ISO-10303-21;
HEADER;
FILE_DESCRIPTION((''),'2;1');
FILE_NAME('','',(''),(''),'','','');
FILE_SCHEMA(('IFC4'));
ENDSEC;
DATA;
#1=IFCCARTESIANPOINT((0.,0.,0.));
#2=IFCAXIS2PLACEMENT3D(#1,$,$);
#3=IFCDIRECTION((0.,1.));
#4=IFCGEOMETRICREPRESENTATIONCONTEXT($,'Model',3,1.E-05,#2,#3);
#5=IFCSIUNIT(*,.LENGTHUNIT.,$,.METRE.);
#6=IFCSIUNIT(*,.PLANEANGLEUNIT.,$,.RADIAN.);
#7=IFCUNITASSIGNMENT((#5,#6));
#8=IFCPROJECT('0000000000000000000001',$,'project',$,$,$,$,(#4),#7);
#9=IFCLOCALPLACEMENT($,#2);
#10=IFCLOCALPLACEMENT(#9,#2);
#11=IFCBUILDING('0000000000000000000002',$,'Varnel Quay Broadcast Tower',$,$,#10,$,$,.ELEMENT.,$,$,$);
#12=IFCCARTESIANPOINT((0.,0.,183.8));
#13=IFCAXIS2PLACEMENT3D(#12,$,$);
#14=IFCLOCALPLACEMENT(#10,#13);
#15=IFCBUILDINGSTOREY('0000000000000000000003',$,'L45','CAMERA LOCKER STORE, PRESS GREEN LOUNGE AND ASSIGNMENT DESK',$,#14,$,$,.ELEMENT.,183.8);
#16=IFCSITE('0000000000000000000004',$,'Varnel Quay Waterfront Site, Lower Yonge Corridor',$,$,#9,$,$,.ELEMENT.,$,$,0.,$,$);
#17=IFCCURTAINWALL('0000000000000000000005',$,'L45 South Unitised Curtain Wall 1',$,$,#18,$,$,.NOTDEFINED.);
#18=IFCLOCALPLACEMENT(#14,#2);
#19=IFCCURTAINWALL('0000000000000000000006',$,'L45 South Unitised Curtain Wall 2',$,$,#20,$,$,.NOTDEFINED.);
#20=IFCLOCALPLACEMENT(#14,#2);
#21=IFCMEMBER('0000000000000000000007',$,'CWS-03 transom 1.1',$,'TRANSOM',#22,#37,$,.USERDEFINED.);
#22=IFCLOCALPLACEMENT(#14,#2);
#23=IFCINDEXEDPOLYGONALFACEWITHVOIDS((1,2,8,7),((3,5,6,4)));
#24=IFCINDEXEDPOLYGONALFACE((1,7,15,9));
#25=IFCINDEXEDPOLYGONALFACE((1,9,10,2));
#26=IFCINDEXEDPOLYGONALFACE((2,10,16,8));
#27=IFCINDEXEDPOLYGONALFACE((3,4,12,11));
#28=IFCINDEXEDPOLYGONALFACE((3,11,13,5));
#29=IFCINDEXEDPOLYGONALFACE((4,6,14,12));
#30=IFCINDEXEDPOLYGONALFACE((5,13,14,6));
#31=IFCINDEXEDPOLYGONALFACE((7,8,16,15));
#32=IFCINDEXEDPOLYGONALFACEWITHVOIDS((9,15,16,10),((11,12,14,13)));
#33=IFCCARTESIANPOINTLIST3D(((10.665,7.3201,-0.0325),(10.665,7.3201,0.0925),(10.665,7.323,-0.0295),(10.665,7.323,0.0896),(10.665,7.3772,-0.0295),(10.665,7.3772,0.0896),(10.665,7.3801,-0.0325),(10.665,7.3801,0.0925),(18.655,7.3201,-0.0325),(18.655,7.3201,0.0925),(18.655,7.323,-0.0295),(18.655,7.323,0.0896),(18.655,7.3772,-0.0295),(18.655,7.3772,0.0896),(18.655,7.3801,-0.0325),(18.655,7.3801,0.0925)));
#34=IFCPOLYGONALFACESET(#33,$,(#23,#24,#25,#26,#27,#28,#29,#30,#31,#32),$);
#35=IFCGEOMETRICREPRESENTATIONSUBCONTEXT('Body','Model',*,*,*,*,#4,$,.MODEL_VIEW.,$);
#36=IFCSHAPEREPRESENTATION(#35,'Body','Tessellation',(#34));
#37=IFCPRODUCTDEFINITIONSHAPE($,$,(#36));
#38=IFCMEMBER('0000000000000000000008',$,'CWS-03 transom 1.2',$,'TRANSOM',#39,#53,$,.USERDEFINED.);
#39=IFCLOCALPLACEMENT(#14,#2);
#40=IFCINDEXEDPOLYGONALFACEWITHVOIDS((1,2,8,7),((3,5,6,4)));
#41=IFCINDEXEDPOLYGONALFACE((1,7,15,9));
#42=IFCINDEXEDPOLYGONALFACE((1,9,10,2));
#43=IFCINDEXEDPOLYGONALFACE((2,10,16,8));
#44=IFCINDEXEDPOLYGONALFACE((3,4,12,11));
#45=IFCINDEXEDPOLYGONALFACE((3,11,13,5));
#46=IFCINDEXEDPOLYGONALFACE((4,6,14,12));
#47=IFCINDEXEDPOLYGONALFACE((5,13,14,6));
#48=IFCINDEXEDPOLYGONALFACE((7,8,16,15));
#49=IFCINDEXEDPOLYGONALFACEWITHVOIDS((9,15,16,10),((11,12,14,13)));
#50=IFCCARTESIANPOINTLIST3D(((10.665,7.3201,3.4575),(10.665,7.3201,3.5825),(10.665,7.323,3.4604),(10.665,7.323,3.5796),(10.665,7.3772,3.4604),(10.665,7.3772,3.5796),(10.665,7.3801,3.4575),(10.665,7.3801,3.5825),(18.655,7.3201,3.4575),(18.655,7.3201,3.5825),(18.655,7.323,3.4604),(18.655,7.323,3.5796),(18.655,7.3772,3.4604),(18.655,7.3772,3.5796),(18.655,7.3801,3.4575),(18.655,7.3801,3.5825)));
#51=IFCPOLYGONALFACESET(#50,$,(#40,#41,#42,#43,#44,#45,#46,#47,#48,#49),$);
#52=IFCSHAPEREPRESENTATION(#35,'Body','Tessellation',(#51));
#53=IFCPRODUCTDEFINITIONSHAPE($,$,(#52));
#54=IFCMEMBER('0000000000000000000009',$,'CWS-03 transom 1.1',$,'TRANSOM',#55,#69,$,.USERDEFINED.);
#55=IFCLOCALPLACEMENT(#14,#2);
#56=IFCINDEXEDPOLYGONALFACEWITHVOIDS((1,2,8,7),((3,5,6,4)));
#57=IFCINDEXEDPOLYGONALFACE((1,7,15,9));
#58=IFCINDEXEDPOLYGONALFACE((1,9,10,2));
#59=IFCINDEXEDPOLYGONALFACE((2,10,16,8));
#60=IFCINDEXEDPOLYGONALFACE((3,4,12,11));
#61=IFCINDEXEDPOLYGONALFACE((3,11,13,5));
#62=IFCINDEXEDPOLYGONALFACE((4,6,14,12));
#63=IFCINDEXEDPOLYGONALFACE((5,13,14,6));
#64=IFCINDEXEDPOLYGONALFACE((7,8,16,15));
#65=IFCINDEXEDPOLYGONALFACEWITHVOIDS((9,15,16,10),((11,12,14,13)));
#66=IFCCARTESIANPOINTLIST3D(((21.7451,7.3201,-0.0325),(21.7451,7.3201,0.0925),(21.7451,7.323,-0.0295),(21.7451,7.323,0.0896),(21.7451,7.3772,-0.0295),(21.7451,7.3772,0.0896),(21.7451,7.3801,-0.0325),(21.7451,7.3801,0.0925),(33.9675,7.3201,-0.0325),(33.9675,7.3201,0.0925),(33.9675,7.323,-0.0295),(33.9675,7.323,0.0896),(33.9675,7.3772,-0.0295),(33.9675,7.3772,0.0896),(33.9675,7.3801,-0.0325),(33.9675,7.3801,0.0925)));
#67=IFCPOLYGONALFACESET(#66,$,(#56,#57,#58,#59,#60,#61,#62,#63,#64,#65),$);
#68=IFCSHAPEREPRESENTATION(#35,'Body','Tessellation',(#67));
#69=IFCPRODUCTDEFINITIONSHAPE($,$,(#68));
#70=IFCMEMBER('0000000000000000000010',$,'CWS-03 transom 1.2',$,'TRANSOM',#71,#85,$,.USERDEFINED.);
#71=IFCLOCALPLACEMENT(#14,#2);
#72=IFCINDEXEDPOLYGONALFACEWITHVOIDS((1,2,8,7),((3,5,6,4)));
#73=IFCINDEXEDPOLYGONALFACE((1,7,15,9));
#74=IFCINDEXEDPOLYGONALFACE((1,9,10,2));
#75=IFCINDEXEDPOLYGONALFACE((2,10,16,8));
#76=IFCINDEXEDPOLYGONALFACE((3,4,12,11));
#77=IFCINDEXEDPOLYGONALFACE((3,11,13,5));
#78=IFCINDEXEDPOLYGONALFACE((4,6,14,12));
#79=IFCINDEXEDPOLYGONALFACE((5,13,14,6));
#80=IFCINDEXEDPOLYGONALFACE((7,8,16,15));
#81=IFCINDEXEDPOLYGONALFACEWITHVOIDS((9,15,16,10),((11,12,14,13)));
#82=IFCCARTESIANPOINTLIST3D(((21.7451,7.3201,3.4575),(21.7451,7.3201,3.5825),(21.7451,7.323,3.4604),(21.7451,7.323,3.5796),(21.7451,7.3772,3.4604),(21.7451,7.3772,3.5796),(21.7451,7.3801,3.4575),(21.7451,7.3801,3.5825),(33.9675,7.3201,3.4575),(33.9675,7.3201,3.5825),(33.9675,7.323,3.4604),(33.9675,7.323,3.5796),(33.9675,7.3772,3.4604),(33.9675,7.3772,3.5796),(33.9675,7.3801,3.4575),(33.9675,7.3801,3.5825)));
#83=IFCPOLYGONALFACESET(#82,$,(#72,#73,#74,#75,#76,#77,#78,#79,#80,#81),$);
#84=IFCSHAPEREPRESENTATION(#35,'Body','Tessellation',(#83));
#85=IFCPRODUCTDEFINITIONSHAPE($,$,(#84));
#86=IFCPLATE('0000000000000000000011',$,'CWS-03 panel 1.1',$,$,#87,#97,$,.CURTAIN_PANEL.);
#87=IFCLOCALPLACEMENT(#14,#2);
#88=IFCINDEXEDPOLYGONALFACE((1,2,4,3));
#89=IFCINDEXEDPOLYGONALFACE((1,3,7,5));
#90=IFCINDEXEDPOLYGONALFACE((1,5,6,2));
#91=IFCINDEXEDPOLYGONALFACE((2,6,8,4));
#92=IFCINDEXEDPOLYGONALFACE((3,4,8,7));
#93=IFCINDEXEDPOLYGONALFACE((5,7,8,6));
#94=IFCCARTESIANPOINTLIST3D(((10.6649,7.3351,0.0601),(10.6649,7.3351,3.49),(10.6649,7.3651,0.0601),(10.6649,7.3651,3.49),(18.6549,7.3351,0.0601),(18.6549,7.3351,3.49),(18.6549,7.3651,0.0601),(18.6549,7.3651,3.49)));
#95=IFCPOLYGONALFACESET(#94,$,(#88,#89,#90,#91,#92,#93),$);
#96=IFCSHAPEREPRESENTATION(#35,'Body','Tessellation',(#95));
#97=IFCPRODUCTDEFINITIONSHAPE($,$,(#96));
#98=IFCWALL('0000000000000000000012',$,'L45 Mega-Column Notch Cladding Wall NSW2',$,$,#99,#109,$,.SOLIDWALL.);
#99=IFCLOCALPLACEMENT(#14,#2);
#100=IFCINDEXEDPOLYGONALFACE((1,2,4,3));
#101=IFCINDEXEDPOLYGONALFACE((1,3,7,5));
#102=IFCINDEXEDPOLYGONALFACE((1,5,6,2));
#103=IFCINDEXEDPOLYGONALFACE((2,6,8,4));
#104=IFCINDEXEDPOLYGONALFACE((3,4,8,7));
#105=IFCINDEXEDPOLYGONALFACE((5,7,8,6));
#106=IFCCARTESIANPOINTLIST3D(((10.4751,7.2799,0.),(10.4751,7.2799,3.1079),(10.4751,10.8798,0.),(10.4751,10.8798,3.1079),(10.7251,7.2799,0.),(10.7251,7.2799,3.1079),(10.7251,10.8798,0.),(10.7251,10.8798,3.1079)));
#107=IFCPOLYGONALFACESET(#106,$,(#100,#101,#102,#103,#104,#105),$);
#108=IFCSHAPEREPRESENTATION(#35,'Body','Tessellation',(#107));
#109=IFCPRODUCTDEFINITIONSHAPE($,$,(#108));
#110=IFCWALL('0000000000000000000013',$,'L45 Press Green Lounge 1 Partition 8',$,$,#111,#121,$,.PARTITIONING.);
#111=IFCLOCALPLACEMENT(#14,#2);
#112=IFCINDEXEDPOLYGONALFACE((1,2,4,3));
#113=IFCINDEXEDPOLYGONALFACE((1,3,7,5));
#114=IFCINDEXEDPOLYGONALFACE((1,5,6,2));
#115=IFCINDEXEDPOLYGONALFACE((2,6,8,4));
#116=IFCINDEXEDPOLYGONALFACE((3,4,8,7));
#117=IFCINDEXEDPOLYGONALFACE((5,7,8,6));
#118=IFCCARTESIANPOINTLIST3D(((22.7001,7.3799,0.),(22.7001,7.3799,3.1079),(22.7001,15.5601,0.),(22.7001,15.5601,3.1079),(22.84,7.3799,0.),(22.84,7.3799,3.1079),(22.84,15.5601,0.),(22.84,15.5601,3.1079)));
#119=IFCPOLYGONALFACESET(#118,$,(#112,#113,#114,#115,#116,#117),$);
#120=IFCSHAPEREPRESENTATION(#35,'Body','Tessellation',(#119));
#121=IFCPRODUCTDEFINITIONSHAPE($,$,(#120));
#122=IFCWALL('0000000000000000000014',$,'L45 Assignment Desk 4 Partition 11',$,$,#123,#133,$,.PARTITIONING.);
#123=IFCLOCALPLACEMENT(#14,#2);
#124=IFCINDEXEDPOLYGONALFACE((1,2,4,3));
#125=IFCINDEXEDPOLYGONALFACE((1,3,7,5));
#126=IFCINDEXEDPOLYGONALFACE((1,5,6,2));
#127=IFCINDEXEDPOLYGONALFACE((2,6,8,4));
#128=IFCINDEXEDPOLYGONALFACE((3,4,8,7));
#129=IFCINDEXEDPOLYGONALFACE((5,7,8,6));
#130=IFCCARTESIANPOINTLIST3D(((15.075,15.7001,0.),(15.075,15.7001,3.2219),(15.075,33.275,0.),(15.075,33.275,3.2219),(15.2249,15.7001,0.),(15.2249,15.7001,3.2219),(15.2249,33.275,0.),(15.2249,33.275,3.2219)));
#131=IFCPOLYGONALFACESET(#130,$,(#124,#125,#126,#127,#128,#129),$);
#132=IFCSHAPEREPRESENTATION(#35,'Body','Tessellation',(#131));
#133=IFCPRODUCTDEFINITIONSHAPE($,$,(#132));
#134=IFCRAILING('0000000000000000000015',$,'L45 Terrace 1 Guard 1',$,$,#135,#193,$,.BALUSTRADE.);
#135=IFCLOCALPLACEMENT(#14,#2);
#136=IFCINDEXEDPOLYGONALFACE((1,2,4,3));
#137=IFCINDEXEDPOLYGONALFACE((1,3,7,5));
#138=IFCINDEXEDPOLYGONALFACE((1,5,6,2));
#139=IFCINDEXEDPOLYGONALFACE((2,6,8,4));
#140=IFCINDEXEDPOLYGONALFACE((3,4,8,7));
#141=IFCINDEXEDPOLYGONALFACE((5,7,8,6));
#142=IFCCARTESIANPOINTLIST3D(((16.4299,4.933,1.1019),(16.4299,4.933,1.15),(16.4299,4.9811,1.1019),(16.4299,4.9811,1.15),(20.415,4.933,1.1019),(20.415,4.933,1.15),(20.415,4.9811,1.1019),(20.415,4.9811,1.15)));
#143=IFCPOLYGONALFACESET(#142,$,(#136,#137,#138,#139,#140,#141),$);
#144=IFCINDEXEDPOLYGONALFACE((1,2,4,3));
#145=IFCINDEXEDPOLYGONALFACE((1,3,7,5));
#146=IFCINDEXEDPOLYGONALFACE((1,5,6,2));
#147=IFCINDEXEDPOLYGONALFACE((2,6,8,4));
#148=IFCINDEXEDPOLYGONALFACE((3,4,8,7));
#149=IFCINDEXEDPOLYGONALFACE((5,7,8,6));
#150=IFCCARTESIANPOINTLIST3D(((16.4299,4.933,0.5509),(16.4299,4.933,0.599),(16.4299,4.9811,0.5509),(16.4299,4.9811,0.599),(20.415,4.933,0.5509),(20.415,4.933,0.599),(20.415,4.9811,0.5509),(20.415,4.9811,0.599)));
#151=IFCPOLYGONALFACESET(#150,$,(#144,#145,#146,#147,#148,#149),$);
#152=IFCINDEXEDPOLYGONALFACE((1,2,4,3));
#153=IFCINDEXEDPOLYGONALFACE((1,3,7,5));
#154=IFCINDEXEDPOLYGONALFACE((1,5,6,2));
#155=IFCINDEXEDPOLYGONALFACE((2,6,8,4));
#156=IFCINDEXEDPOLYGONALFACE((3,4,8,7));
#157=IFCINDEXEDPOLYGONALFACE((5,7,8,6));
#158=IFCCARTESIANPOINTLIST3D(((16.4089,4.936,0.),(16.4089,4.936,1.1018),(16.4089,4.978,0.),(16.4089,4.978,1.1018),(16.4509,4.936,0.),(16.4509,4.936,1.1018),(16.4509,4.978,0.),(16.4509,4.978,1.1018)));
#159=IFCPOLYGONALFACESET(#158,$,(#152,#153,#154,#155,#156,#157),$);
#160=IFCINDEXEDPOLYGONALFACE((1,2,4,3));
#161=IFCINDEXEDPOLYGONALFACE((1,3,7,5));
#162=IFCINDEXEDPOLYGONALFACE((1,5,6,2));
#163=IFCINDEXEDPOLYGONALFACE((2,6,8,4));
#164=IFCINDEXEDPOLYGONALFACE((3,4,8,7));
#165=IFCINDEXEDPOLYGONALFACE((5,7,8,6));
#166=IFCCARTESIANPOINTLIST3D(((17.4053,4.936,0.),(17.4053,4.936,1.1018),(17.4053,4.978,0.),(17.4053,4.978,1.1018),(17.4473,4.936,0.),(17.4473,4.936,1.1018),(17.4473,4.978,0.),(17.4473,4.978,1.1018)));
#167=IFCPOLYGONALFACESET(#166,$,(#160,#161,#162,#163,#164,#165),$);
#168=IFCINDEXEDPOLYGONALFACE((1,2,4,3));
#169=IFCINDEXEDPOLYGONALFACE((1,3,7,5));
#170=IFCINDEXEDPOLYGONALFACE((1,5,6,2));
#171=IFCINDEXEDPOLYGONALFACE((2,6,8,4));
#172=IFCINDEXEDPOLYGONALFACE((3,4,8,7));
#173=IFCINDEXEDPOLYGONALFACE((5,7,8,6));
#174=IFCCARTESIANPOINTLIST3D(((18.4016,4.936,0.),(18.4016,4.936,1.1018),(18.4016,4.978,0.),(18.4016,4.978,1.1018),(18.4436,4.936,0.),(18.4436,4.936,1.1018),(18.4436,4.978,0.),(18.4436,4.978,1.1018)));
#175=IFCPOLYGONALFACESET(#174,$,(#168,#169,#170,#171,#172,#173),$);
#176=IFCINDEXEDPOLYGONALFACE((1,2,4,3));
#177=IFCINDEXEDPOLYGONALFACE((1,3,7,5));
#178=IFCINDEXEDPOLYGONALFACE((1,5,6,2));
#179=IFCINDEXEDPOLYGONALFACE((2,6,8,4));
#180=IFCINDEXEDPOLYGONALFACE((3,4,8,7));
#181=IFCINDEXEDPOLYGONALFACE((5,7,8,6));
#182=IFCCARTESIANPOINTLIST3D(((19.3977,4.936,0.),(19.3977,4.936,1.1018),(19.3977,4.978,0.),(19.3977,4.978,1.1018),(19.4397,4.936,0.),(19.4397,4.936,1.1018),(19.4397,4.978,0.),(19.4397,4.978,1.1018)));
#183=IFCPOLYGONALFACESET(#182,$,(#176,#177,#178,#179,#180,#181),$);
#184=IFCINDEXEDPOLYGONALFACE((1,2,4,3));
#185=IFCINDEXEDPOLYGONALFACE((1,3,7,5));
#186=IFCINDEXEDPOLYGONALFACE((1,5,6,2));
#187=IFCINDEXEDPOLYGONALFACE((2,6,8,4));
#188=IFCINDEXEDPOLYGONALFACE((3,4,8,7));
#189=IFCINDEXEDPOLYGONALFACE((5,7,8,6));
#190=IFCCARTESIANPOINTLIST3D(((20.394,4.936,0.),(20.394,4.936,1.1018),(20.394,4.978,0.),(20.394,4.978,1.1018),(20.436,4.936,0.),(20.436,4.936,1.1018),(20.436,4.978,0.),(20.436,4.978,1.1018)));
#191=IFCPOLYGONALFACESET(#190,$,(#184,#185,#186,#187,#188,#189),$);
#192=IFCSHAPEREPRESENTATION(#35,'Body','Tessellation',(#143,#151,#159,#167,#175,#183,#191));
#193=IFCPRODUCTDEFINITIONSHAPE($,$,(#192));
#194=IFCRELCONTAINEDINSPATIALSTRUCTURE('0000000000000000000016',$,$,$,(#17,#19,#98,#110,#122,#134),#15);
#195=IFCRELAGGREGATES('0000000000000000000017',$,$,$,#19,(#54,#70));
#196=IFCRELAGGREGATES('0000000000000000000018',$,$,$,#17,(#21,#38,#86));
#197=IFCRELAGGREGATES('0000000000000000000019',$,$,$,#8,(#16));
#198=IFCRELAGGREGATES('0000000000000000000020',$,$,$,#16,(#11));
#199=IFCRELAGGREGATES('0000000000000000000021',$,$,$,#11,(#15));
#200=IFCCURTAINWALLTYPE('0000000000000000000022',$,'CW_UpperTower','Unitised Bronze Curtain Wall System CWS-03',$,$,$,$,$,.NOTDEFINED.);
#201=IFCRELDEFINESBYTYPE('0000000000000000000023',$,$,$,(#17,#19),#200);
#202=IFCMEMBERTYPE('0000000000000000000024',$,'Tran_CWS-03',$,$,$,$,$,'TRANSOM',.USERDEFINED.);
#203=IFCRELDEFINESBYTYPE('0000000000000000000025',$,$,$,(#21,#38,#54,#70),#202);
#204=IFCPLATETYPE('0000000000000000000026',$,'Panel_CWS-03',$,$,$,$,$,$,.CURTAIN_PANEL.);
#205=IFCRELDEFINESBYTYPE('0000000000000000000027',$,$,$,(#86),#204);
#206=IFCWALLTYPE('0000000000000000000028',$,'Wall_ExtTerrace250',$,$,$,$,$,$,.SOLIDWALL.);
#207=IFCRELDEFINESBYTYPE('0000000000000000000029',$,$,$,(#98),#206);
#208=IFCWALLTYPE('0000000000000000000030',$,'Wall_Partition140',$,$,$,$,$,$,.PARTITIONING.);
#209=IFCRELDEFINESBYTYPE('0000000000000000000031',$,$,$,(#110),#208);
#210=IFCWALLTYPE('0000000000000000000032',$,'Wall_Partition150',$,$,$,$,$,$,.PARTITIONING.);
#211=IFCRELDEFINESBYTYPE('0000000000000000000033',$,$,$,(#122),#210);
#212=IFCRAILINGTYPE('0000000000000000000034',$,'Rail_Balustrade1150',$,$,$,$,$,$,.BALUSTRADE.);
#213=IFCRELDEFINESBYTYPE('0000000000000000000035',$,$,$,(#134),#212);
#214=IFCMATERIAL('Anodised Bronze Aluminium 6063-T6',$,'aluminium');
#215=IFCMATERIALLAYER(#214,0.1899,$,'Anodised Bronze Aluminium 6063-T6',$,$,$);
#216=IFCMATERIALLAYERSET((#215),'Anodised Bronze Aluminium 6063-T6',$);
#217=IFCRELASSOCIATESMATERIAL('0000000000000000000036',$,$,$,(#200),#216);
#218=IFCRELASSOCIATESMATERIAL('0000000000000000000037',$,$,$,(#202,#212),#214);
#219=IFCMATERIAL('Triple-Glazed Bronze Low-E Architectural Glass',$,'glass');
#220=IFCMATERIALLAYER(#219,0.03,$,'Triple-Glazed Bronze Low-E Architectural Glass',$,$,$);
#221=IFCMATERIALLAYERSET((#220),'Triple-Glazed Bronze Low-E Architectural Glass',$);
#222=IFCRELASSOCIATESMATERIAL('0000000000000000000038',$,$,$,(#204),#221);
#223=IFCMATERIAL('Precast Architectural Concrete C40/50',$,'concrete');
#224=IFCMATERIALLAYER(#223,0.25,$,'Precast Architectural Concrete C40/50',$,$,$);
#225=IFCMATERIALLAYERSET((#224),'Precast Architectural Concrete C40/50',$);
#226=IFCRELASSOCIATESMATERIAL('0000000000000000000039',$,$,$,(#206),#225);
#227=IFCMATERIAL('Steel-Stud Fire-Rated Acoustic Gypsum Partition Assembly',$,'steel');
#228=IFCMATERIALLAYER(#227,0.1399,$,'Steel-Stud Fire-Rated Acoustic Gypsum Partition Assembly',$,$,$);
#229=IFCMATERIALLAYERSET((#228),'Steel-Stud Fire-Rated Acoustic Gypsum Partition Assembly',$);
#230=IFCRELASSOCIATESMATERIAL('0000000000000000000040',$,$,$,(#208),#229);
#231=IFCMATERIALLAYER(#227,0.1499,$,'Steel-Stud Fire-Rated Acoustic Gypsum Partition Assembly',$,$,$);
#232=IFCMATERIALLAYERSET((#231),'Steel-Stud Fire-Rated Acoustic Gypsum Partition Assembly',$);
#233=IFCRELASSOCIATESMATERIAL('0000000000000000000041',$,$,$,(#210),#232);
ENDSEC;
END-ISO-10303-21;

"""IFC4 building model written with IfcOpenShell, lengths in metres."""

from ifc_helpers import new_model, si_unit, direction, frame, frame_2d, origin, origin_2d, place, context, subcontext, project, spatial, rectangle, hollow_rectangle, extrude, source, transform, mapped, material, layer, layer_set, material_profile, profile_set, type_object, type_shapes, element, aggregate, save


model = new_model("IFC4")

# Units and contexts
model_context = context("Model", 3, precision=1e-05, world=origin(), true_north=direction((0.0, 1.0)))
body_context = subcontext(model_context, "Body", "Model", "MODEL_VIEW")
ifc_project = project(units=[si_unit("LENGTHUNIT", "METRE"), si_unit("PLANEANGLEUNIT", "RADIAN")], contexts=[model_context])

# Site, building, storey
site_placement = place(None, origin())
site = spatial("IfcSite", under=ifc_project, at=site_placement, Name="Varnel Quay Waterfront Site, Lower Yonge Corridor", CompositionType="ELEMENT", RefElevation=0.0)
building_placement = place(site_placement, origin())
building = spatial("IfcBuilding", under=site, at=building_placement, Name="Varnel Quay Broadcast Tower", CompositionType="ELEMENT")
storey_placement = place(building_placement, frame((0.0, 0.0, 183.8)))
storey = spatial("IfcBuildingStorey", under=building, at=storey_placement, Name="L45", Description="CAMERA LOCKER STORE, PRESS GREEN LOUNGE AND ASSIGNMENT DESK", CompositionType="ELEMENT", Elevation=183.8)

# Shared definitions
ifc_material_1 = material(Name="Anodised Bronze Aluminium 6063-T6", Category="aluminium")

# Curtain wall
ifc_layer_1 = layer(ifc_material_1, 0.1899, Name="Anodised Bronze Aluminium 6063-T6")
ifc_layer_set_1 = layer_set([ifc_layer_1], Name="Anodised Bronze Aluminium 6063-T6")
curtain_wall_type_1 = type_object("IfcCurtainWallType", Name="CW_UpperTower", Description="Unitised Bronze Curtain Wall System CWS-03", PredefinedType="NOTDEFINED", material=ifc_layer_set_1)
curtain_wall_1_placement = place(storey_placement, origin())
curtain_wall_1 = element("IfcCurtainWall", 1, at=curtain_wall_1_placement, inside=storey, type_object=curtain_wall_type_1, Name="L45 South Unitised Curtain Wall 1", PredefinedType="NOTDEFINED")

# Curtain wall
curtain_wall_2_placement = place(storey_placement, origin())
curtain_wall_2 = element("IfcCurtainWall", 2, at=curtain_wall_2_placement, inside=storey, type_object=curtain_wall_type_1, Name="L45 South Unitised Curtain Wall 2", PredefinedType="NOTDEFINED")

# Members
ifc_material_profile_1 = material_profile(ifc_material_1, hollow_rectangle(XDim=0.0601, YDim=0.125, WallThickness=0.0029, at=origin_2d()), Name="ALU60X125X3")
ifc_profile_set_1 = profile_set([ifc_material_profile_1], Name="Anodised Bronze Aluminium 6063-T6")
member_type_1 = type_object("IfcMemberType", Name="Tran_CWS-03", ElementType="TRANSOM", PredefinedType="USERDEFINED", material=ifc_profile_set_1)
shared_shape_1 = source(origin(), body_context, "Body", "SweptSolid", [
    extrude(hollow_rectangle(XDim=0.0601, YDim=0.125, WallThickness=0.0029, at=origin_2d()), origin(), (0.0, 0.0, 1.0), 7.99),
])
member_1_placement = place(storey_placement, frame((10.665, 7.3501, 0.03), z_axis=(1.0, 0.0, 0.0), x_axis=(0.0, 1.0, 0.0)))
member_1 = element("IfcMember", 3, at=member_1_placement, type_object=member_type_1, Name="CWS-03 transom 1.1", ObjectType="TRANSOM", PredefinedType="USERDEFINED", context=body_context, shape_type="MappedRepresentation", body=[
    mapped(shared_shape_1, transform((0.0, 0.0, 0.0), x_axis=(1.0, 0.0, 0.0), y_axis=(0.0, 1.0, 0.0), z_axis=(0.0, 0.0, 1.0), scale=1.0)),
])
member_2_placement = place(storey_placement, frame((10.665, 7.3501, 3.52), z_axis=(1.0, 0.0, 0.0), x_axis=(0.0, 1.0, 0.0)))
member_2 = element("IfcMember", 4, at=member_2_placement, type_object=member_type_1, Name="CWS-03 transom 1.2", ObjectType="TRANSOM", PredefinedType="USERDEFINED", context=body_context, shape_type="MappedRepresentation", body=[
    mapped(shared_shape_1, transform((0.0, 0.0, 0.0), x_axis=(1.0, 0.0, 0.0), y_axis=(0.0, 1.0, 0.0), z_axis=(0.0, 0.0, 1.0), scale=1.0)),
])
shared_shape_2 = source(origin(), body_context, "Body", "SweptSolid", [
    extrude(hollow_rectangle(XDim=0.0601, YDim=0.125, WallThickness=0.0029, at=origin_2d()), origin(), (0.0, 0.0, 1.0), 12.2224),
])
type_shapes(member_type_1, [shared_shape_1, shared_shape_2])
member_3_placement = place(storey_placement, frame((21.7451, 7.3501, 0.03), z_axis=(1.0, 0.0, 0.0), x_axis=(0.0, 1.0, 0.0)))
member_3 = element("IfcMember", 5, at=member_3_placement, type_object=member_type_1, Name="CWS-03 transom 1.1", ObjectType="TRANSOM", PredefinedType="USERDEFINED", context=body_context, shape_type="MappedRepresentation", body=[
    mapped(shared_shape_2, transform((0.0, 0.0, 0.0), x_axis=(1.0, 0.0, 0.0), y_axis=(0.0, 1.0, 0.0), z_axis=(0.0, 0.0, 1.0), scale=1.0)),
])
member_4_placement = place(storey_placement, frame((21.7451, 7.3501, 3.52), z_axis=(1.0, 0.0, 0.0), x_axis=(0.0, 1.0, 0.0)))
member_4 = element("IfcMember", 6, at=member_4_placement, type_object=member_type_1, Name="CWS-03 transom 1.2", ObjectType="TRANSOM", PredefinedType="USERDEFINED", context=body_context, shape_type="MappedRepresentation", body=[
    mapped(shared_shape_2, transform((0.0, 0.0, 0.0), x_axis=(1.0, 0.0, 0.0), y_axis=(0.0, 1.0, 0.0), z_axis=(0.0, 0.0, 1.0), scale=1.0)),
])
aggregate(curtain_wall_2, [member_3, member_4])

# Plate
ifc_material_2 = material(Name="Triple-Glazed Bronze Low-E Architectural Glass", Category="glass")
ifc_layer_2 = layer(ifc_material_2, 0.03, Name="Triple-Glazed Bronze Low-E Architectural Glass")
ifc_layer_set_2 = layer_set([ifc_layer_2], Name="Triple-Glazed Bronze Low-E Architectural Glass")
plate_type = type_object("IfcPlateType", Name="Panel_CWS-03", PredefinedType="CURTAIN_PANEL", material=ifc_layer_set_2)
shared_shape_3 = source(origin(), body_context, "Body", "SweptSolid", [
    extrude(rectangle(XDim=7.99, YDim=0.03, at=origin_2d()), origin(), (0.0, 0.0, 1.0), 3.4299),
])
type_shapes(plate_type, [shared_shape_3])
plate_placement = place(storey_placement, frame((14.6599, 7.3501, 0.0601), z_axis=(0.0, 0.0, 1.0), x_axis=(1.0, 0.0, 0.0)))
plate = element("IfcPlate", 7, at=plate_placement, type_object=plate_type, Name="CWS-03 panel 1.1", PredefinedType="CURTAIN_PANEL", context=body_context, shape_type="MappedRepresentation", body=[
    mapped(shared_shape_3, transform((0.0, 0.0, 0.0), x_axis=(1.0, 0.0, 0.0), y_axis=(0.0, 1.0, 0.0), z_axis=(0.0, 0.0, 1.0), scale=1.0)),
])
aggregate(curtain_wall_1, [member_1, member_2, plate])

# Shared definitions
ifc_material_3 = material(Name="Precast Architectural Concrete C40/50", Category="concrete")
ifc_layer_3 = layer(ifc_material_3, 0.25, Name="Precast Architectural Concrete C40/50")
ifc_layer_set_3 = layer_set([ifc_layer_3], Name="Precast Architectural Concrete C40/50")
wall_type_1 = type_object("IfcWallType", Name="Wall_ExtTerrace250", PredefinedType="SOLIDWALL", material=ifc_layer_set_3)

# Walls
wall_1_placement = place(storey_placement, frame((10.6001, 7.28, 0.0), z_axis=(0.0, 0.0, 1.0), x_axis=(0.0, 1.0, 0.0)))
element("IfcWall", 8, at=wall_1_placement, inside=storey, type_object=wall_type_1, Name="L45 Mega-Column Notch Cladding Wall NSW2", PredefinedType="SOLIDWALL", context=body_context, shape_type="SweptSolid", body=[
    extrude(rectangle(XDim=3.5999, YDim=0.25, at=frame_2d((1.7998, 0.0))), origin(), (0.0, 0.0, 1.0), 3.1079),
])
ifc_material_4 = material(Name="Steel-Stud Fire-Rated Acoustic Gypsum Partition Assembly", Category="steel")
ifc_layer_4 = layer(ifc_material_4, 0.1399, Name="Steel-Stud Fire-Rated Acoustic Gypsum Partition Assembly")
ifc_layer_set_4 = layer_set([ifc_layer_4], Name="Steel-Stud Fire-Rated Acoustic Gypsum Partition Assembly")
wall_type_2 = type_object("IfcWallType", Name="Wall_Partition140", PredefinedType="PARTITIONING", material=ifc_layer_set_4)
wall_2_placement = place(storey_placement, frame((22.77, 7.3799, 0.0), z_axis=(0.0, 0.0, 1.0), x_axis=(0.0, 1.0, 0.0)))
element("IfcWall", 9, at=wall_2_placement, inside=storey, type_object=wall_type_2, Name="L45 Press Green Lounge 1 Partition 8", PredefinedType="PARTITIONING", context=body_context, shape_type="SweptSolid", body=[
    extrude(rectangle(XDim=8.1802, YDim=0.1399, at=frame_2d((4.0901, 0.0))), origin(), (0.0, 0.0, 1.0), 3.1079),
])
ifc_layer_5 = layer(ifc_material_4, 0.1499, Name="Steel-Stud Fire-Rated Acoustic Gypsum Partition Assembly")
ifc_layer_set_5 = layer_set([ifc_layer_5], Name="Steel-Stud Fire-Rated Acoustic Gypsum Partition Assembly")
wall_type_3 = type_object("IfcWallType", Name="Wall_Partition150", PredefinedType="PARTITIONING", material=ifc_layer_set_5)
wall_3_placement = place(storey_placement, frame((15.1499, 15.7, 0.0), z_axis=(0.0, 0.0, 1.0), x_axis=(0.0, 1.0, 0.0)))
element("IfcWall", 10, at=wall_3_placement, inside=storey, type_object=wall_type_3, Name="L45 Assignment Desk 4 Partition 11", PredefinedType="PARTITIONING", context=body_context, shape_type="SweptSolid", body=[
    extrude(rectangle(XDim=17.575, YDim=0.1499, at=frame_2d((8.7876, 0.0))), origin(), (0.0, 0.0, 1.0), 3.2219),
])

# Railing
railing_type = type_object("IfcRailingType", Name="Rail_Balustrade1150", PredefinedType="BALUSTRADE", material=ifc_material_1)
railing_1_placement = place(storey_placement, frame((16.4299, 4.957, 0.0)))
element("IfcRailing", 11, at=railing_1_placement, inside=storey, type_object=railing_type, Name="L45 Terrace 1 Guard 1", PredefinedType="BALUSTRADE", context=body_context, shape_type="SweptSolid", body=[
    extrude(rectangle(XDim=0.0481, YDim=0.0481, at=origin_2d()), frame((0.0, 0.0, 1.126), z_axis=(1.0, 0.0, 0.0), x_axis=(0.0, 1.0, 0.0)), (0.0, 0.0, 1.0), 3.9851),
    extrude(rectangle(XDim=0.0481, YDim=0.0481, at=origin_2d()), frame((0.0, 0.0, 0.575), z_axis=(1.0, 0.0, 0.0), x_axis=(0.0, 1.0, 0.0)), (0.0, 0.0, 1.0), 3.9851),
    extrude(rectangle(XDim=0.042, YDim=0.042, at=origin_2d()), origin(), (0.0, 0.0, 1.0), 1.1018),
    extrude(rectangle(XDim=0.042, YDim=0.042, at=origin_2d()), frame((0.9963, 0.0, 0.0)), (0.0, 0.0, 1.0), 1.1018),
    extrude(rectangle(XDim=0.042, YDim=0.042, at=origin_2d()), frame((1.9927, 0.0, 0.0)), (0.0, 0.0, 1.0), 1.1018),
    extrude(rectangle(XDim=0.042, YDim=0.042, at=origin_2d()), frame((2.9888, 0.0, 0.0)), (0.0, 0.0, 1.0), 1.1018),
    extrude(rectangle(XDim=0.042, YDim=0.042, at=origin_2d()), frame((3.9851, 0.0, 0.0)), (0.0, 0.0, 1.0), 1.1018),
])

save(model, "model.ifc")
